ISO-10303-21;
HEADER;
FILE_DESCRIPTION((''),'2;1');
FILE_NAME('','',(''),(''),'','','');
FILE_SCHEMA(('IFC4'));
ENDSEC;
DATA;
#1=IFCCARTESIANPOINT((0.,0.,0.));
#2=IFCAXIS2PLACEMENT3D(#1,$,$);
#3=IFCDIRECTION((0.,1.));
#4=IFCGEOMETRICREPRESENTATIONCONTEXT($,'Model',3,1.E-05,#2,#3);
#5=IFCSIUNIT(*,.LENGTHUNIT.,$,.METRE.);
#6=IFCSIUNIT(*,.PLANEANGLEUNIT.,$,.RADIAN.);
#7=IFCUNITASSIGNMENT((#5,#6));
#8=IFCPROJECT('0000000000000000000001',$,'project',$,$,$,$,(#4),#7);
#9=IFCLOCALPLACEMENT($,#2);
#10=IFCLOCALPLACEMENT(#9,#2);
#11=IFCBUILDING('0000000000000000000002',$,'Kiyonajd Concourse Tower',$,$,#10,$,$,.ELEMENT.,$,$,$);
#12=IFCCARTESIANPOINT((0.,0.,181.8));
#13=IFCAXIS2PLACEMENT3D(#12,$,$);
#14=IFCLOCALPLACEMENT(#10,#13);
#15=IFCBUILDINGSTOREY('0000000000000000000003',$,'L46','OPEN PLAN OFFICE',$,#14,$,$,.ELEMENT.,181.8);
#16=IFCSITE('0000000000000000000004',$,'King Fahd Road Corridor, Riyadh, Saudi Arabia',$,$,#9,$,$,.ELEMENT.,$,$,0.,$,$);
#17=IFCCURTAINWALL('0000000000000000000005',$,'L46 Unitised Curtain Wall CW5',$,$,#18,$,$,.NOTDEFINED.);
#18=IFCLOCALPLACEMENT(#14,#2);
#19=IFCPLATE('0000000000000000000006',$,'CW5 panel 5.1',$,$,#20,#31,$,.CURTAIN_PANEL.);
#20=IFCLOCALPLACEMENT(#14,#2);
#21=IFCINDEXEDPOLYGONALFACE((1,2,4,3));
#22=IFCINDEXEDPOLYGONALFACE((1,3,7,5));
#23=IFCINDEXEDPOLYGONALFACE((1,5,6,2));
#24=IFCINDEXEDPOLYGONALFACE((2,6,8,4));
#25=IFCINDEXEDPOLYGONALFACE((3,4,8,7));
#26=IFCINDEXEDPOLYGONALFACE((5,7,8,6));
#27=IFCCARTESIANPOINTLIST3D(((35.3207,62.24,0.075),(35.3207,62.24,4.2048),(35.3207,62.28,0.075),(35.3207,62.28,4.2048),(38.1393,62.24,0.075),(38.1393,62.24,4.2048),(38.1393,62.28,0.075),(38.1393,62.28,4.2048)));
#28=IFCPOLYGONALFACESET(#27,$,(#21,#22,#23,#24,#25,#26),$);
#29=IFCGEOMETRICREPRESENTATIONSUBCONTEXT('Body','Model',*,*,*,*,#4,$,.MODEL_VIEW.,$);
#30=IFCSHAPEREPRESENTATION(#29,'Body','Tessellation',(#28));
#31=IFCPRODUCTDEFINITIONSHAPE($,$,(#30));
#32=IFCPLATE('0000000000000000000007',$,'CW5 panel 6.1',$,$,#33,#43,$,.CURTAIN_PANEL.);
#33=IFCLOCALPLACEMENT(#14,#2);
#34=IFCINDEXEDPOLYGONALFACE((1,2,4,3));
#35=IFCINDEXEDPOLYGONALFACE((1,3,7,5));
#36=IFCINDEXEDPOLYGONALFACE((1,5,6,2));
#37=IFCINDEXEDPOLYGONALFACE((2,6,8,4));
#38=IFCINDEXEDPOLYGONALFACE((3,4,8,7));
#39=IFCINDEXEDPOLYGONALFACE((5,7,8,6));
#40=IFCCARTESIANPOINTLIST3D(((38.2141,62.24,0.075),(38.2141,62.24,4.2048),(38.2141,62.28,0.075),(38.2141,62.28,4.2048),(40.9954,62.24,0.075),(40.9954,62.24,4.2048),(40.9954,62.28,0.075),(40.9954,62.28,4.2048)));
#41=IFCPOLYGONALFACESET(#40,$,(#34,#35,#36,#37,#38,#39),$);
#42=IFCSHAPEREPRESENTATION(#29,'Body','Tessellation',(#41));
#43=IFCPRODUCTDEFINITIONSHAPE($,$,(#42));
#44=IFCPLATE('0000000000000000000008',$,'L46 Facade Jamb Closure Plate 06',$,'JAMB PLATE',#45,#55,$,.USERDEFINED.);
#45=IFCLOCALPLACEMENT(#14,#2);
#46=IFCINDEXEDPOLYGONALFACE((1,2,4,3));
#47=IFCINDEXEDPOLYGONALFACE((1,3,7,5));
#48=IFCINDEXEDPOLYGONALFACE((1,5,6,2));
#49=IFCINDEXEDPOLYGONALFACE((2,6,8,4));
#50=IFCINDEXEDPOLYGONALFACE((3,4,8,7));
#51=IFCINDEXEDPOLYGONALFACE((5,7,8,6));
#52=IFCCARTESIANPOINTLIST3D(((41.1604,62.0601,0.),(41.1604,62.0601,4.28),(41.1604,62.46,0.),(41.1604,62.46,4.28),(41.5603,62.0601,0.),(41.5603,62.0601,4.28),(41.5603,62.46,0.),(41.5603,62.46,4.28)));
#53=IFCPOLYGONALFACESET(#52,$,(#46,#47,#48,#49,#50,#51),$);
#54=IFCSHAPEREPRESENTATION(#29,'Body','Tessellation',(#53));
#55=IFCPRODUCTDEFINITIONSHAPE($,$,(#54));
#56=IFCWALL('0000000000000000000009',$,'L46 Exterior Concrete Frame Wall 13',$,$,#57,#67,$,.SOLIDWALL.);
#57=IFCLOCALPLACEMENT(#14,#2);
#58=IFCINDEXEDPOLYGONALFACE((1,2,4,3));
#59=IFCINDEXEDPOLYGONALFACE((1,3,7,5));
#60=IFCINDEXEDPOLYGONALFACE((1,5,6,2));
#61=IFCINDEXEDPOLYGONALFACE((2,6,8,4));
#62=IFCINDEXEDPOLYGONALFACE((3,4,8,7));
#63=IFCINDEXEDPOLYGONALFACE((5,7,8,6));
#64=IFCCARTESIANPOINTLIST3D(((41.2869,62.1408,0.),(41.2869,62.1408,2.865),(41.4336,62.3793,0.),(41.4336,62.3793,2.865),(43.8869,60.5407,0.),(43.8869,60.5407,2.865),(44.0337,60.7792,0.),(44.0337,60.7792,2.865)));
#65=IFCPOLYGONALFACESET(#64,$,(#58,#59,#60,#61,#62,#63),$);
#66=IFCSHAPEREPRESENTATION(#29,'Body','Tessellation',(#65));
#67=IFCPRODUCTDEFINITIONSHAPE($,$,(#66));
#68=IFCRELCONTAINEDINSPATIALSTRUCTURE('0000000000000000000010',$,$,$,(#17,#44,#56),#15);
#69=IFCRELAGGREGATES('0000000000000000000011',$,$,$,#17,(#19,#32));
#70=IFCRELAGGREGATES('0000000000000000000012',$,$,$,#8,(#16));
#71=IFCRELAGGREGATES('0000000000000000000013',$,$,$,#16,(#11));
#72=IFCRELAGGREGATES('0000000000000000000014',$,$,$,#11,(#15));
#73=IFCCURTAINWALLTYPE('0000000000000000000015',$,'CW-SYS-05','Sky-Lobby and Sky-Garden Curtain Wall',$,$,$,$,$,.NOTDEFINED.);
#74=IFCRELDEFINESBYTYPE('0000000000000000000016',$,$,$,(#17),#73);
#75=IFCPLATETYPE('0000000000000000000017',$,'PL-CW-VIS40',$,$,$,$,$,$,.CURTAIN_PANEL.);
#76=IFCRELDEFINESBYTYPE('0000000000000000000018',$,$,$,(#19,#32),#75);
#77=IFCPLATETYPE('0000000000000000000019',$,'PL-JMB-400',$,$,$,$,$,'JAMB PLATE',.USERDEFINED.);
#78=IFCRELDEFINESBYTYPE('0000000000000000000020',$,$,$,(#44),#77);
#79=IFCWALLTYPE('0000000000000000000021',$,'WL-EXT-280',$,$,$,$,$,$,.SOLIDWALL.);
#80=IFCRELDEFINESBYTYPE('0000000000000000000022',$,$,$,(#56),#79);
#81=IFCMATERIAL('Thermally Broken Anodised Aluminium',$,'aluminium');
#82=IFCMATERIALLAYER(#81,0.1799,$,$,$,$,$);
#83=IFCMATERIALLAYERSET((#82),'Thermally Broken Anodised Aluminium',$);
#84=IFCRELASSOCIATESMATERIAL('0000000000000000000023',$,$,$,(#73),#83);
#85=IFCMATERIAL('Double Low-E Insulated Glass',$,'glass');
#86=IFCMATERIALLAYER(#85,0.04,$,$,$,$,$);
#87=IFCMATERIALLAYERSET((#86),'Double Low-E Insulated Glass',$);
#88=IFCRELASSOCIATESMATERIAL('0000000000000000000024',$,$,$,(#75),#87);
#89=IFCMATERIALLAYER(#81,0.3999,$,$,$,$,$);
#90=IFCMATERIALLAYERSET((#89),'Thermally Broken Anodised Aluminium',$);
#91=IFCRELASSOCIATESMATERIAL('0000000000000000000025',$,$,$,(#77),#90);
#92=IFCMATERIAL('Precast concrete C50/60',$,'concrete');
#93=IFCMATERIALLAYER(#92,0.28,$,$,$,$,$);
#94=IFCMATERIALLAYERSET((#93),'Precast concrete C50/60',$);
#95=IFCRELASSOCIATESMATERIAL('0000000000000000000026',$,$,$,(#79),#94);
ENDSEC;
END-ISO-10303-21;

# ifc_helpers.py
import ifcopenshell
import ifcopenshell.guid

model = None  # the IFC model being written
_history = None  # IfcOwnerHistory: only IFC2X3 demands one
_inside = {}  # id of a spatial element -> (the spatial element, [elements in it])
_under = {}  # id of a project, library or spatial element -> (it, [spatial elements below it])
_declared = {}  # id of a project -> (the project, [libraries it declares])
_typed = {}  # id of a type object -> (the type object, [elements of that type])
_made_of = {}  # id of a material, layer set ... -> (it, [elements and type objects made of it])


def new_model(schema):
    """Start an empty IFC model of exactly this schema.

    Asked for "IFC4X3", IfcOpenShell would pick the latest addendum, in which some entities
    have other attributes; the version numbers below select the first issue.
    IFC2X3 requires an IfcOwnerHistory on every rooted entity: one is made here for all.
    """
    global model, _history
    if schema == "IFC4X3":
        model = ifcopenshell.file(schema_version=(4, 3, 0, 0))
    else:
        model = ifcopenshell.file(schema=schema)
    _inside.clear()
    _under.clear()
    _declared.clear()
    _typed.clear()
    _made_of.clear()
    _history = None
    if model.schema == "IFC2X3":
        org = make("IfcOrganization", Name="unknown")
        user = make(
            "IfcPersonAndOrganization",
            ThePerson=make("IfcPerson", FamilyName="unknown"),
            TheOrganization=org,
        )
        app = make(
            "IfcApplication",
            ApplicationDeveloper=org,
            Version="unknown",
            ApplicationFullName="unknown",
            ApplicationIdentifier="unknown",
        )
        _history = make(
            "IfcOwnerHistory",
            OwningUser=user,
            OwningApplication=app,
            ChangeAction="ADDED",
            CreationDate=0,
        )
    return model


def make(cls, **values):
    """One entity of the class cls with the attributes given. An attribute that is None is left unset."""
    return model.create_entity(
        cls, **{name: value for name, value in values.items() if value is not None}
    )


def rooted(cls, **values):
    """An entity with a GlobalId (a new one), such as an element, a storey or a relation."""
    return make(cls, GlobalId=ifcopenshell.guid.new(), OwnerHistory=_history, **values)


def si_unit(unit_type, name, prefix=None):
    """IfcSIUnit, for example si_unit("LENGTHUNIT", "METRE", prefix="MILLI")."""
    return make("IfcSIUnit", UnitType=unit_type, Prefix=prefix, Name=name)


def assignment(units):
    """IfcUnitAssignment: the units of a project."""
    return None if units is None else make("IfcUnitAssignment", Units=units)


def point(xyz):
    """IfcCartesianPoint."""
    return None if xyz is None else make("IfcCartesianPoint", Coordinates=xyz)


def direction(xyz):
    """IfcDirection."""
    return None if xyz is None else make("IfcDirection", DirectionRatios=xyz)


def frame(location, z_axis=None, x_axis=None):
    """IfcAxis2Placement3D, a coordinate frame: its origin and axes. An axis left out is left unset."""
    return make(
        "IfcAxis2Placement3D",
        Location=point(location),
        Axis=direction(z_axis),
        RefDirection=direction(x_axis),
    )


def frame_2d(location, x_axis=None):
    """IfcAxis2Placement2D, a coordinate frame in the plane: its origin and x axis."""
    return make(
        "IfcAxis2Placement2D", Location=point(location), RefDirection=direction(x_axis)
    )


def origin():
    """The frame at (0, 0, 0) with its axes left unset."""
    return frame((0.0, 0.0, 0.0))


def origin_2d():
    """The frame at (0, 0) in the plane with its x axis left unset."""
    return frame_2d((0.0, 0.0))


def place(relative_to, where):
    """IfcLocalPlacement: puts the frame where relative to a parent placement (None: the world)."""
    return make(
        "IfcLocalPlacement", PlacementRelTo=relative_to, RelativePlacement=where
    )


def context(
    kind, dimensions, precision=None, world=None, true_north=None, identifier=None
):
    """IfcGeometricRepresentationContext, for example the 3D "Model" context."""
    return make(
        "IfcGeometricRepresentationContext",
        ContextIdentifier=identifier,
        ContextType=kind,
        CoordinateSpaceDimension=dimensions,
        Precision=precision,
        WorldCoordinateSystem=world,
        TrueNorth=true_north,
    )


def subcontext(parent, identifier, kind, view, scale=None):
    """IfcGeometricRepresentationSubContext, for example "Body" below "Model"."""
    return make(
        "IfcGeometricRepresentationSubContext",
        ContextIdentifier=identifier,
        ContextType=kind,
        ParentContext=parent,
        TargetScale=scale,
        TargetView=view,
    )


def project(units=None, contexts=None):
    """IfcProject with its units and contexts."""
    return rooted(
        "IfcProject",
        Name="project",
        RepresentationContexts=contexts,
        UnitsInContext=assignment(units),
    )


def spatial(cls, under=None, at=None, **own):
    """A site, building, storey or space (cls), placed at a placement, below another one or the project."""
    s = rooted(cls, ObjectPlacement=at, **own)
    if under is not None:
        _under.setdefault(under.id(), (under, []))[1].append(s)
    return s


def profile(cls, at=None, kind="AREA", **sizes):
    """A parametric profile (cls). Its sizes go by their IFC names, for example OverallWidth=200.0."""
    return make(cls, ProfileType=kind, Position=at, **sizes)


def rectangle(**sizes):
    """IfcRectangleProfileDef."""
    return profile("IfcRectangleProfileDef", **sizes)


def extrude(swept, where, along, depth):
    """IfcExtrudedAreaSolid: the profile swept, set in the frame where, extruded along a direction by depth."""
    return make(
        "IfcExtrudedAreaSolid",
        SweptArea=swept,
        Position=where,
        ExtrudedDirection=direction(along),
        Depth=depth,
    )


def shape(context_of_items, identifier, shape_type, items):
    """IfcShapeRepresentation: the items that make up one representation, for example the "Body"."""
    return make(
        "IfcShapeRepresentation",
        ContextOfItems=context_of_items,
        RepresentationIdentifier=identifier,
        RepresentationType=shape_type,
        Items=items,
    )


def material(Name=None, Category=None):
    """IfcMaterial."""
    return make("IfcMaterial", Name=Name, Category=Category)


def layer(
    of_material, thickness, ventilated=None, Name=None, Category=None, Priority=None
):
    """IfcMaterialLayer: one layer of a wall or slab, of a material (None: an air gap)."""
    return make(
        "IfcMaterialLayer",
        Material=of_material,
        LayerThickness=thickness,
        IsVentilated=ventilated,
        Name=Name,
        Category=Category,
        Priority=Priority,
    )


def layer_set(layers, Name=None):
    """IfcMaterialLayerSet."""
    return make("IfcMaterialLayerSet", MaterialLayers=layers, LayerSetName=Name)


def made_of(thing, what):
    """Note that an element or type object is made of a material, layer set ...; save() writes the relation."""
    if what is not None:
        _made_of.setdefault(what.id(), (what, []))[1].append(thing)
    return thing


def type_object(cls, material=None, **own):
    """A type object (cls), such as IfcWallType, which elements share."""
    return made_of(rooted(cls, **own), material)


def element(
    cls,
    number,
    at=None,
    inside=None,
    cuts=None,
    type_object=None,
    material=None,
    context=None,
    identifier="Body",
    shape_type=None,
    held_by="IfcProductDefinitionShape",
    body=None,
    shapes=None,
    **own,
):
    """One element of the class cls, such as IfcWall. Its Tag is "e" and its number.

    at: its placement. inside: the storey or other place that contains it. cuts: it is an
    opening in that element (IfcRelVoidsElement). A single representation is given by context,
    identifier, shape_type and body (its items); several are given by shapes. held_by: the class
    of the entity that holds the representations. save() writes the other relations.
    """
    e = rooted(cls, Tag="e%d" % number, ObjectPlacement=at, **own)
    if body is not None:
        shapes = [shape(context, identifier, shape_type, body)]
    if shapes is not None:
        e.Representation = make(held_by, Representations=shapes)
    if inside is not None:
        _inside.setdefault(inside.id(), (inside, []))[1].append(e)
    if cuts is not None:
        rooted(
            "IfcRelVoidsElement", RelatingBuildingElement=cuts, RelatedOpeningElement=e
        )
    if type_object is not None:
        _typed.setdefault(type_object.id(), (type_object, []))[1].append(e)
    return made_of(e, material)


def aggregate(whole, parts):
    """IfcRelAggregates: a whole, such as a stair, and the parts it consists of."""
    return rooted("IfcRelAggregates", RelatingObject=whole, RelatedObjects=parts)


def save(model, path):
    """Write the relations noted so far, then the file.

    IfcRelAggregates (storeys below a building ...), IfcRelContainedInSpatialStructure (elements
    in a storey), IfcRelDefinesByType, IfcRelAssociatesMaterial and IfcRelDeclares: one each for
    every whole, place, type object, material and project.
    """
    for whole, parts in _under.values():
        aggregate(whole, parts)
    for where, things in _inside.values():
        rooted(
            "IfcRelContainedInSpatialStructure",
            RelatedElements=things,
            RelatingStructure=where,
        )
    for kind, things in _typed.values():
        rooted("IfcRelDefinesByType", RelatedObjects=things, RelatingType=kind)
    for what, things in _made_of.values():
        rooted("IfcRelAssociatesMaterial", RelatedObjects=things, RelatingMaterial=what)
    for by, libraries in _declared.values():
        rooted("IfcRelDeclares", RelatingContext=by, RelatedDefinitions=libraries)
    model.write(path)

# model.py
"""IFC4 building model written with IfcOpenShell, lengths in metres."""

from ifc_helpers import new_model, si_unit, direction, frame, frame_2d, origin, origin_2d, place, context, subcontext, project, spatial, rectangle, extrude, material, layer, layer_set, type_object, element, aggregate, save


model = new_model("IFC4")

# Units and contexts
model_context = context("Model", 3, precision=1e-05, world=origin(), true_north=direction((0.0, 1.0)))
body_context = subcontext(model_context, "Body", "Model", "MODEL_VIEW")
ifc_project = project(units=[si_unit("LENGTHUNIT", "METRE"), si_unit("PLANEANGLEUNIT", "RADIAN")], contexts=[model_context])

# Site, building, storey
site_placement = place(None, origin())
site = spatial("IfcSite", under=ifc_project, at=site_placement, Name="King Fahd Road Corridor, Riyadh, Saudi Arabia", CompositionType="ELEMENT", RefElevation=0.0)
building_placement = place(site_placement, origin())
building = spatial("IfcBuilding", under=site, at=building_placement, Name="Kiyonajd Concourse Tower", CompositionType="ELEMENT")
storey_placement = place(building_placement, frame((0.0, 0.0, 181.8)))
storey = spatial("IfcBuildingStorey", under=building, at=storey_placement, Name="L46", Description="OPEN PLAN OFFICE", CompositionType="ELEMENT", Elevation=181.8)

# Curtain wall
ifc_material_1 = material(Name="Thermally Broken Anodised Aluminium", Category="aluminium")
ifc_layer_1 = layer(ifc_material_1, 0.1799)
ifc_layer_set_1 = layer_set([ifc_layer_1], Name="Thermally Broken Anodised Aluminium")
curtain_wall_type = type_object("IfcCurtainWallType", Name="CW-SYS-05", Description="Sky-Lobby and Sky-Garden Curtain Wall", PredefinedType="NOTDEFINED", material=ifc_layer_set_1)
curtain_wall_placement = place(storey_placement, origin())
curtain_wall = element("IfcCurtainWall", 1, at=curtain_wall_placement, inside=storey, type_object=curtain_wall_type, Name="L46 Unitised Curtain Wall CW5", PredefinedType="NOTDEFINED")

# Plates
ifc_material_2 = material(Name="Double Low-E Insulated Glass", Category="glass")
ifc_layer_2 = layer(ifc_material_2, 0.04)
ifc_layer_set_2 = layer_set([ifc_layer_2], Name="Double Low-E Insulated Glass")
plate_type_1 = type_object("IfcPlateType", Name="PL-CW-VIS40", PredefinedType="CURTAIN_PANEL", material=ifc_layer_set_2)
plate_1_placement = place(storey_placement, frame((36.73, 62.26, 0.075), z_axis=(0.0, 0.0, 1.0), x_axis=(1.0, 0.0, 0.0)))
plate_1 = element("IfcPlate", 2, at=plate_1_placement, type_object=plate_type_1, Name="CW5 panel 5.1", PredefinedType="CURTAIN_PANEL", context=body_context, shape_type="SweptSolid", body=[
    extrude(rectangle(XDim=2.8186, YDim=0.04, at=origin_2d()), origin(), (0.0, 0.0, 1.0), 4.1299),
])
plate_2_placement = place(storey_placement, frame((39.6047, 62.26, 0.075), z_axis=(0.0, 0.0, 1.0), x_axis=(1.0, 0.0, 0.0)))
plate_2 = element("IfcPlate", 3, at=plate_2_placement, type_object=plate_type_1, Name="CW5 panel 6.1", PredefinedType="CURTAIN_PANEL", context=body_context, shape_type="SweptSolid", body=[
    extrude(rectangle(XDim=2.7812, YDim=0.04, at=origin_2d()), origin(), (0.0, 0.0, 1.0), 4.1299),
])
aggregate(curtain_wall, [plate_1, plate_2])
ifc_layer_3 = layer(ifc_material_1, 0.3999)
ifc_layer_set_3 = layer_set([ifc_layer_3], Name="Thermally Broken Anodised Aluminium")
plate_type_2 = type_object("IfcPlateType", Name="PL-JMB-400", ElementType="JAMB PLATE", PredefinedType="USERDEFINED", material=ifc_layer_set_3)
plate_3_placement = place(storey_placement, frame((41.3604, 62.26, 0.0), z_axis=(0.0, 0.0, 1.0), x_axis=(1.0, 0.0, 0.0)))
element("IfcPlate", 4, at=plate_3_placement, inside=storey, type_object=plate_type_2, Name="L46 Facade Jamb Closure Plate 06", ObjectType="JAMB PLATE", PredefinedType="USERDEFINED", context=body_context, shape_type="SweptSolid", body=[
    extrude(rectangle(XDim=0.3999, YDim=0.3999, at=origin_2d()), origin(), (0.0, 0.0, 1.0), 4.28),
])

# Wall
ifc_material_3 = material(Name="Precast concrete C50/60", Category="concrete")
ifc_layer_4 = layer(ifc_material_3, 0.28)
ifc_layer_set_4 = layer_set([ifc_layer_4], Name="Precast concrete C50/60")
wall_type = type_object("IfcWallType", Name="WL-EXT-280", PredefinedType="SOLIDWALL", material=ifc_layer_set_4)
wall_placement = place(storey_placement, frame((41.3604, 62.26, 0.0), z_axis=(0.0, 0.0, 1.0), x_axis=(0.851653, -0.524106, 0.0)))
element("IfcWall", 5, at=wall_placement, inside=storey, type_object=wall_type, Name="L46 Exterior Concrete Frame Wall 13", PredefinedType="SOLIDWALL", context=body_context, shape_type="SweptSolid", body=[
    extrude(rectangle(XDim=3.053, YDim=0.28, at=frame_2d((1.5264, 0.0))), origin(), (0.0, 0.0, 1.0), 2.865),
])

save(model, "model.ifc")
